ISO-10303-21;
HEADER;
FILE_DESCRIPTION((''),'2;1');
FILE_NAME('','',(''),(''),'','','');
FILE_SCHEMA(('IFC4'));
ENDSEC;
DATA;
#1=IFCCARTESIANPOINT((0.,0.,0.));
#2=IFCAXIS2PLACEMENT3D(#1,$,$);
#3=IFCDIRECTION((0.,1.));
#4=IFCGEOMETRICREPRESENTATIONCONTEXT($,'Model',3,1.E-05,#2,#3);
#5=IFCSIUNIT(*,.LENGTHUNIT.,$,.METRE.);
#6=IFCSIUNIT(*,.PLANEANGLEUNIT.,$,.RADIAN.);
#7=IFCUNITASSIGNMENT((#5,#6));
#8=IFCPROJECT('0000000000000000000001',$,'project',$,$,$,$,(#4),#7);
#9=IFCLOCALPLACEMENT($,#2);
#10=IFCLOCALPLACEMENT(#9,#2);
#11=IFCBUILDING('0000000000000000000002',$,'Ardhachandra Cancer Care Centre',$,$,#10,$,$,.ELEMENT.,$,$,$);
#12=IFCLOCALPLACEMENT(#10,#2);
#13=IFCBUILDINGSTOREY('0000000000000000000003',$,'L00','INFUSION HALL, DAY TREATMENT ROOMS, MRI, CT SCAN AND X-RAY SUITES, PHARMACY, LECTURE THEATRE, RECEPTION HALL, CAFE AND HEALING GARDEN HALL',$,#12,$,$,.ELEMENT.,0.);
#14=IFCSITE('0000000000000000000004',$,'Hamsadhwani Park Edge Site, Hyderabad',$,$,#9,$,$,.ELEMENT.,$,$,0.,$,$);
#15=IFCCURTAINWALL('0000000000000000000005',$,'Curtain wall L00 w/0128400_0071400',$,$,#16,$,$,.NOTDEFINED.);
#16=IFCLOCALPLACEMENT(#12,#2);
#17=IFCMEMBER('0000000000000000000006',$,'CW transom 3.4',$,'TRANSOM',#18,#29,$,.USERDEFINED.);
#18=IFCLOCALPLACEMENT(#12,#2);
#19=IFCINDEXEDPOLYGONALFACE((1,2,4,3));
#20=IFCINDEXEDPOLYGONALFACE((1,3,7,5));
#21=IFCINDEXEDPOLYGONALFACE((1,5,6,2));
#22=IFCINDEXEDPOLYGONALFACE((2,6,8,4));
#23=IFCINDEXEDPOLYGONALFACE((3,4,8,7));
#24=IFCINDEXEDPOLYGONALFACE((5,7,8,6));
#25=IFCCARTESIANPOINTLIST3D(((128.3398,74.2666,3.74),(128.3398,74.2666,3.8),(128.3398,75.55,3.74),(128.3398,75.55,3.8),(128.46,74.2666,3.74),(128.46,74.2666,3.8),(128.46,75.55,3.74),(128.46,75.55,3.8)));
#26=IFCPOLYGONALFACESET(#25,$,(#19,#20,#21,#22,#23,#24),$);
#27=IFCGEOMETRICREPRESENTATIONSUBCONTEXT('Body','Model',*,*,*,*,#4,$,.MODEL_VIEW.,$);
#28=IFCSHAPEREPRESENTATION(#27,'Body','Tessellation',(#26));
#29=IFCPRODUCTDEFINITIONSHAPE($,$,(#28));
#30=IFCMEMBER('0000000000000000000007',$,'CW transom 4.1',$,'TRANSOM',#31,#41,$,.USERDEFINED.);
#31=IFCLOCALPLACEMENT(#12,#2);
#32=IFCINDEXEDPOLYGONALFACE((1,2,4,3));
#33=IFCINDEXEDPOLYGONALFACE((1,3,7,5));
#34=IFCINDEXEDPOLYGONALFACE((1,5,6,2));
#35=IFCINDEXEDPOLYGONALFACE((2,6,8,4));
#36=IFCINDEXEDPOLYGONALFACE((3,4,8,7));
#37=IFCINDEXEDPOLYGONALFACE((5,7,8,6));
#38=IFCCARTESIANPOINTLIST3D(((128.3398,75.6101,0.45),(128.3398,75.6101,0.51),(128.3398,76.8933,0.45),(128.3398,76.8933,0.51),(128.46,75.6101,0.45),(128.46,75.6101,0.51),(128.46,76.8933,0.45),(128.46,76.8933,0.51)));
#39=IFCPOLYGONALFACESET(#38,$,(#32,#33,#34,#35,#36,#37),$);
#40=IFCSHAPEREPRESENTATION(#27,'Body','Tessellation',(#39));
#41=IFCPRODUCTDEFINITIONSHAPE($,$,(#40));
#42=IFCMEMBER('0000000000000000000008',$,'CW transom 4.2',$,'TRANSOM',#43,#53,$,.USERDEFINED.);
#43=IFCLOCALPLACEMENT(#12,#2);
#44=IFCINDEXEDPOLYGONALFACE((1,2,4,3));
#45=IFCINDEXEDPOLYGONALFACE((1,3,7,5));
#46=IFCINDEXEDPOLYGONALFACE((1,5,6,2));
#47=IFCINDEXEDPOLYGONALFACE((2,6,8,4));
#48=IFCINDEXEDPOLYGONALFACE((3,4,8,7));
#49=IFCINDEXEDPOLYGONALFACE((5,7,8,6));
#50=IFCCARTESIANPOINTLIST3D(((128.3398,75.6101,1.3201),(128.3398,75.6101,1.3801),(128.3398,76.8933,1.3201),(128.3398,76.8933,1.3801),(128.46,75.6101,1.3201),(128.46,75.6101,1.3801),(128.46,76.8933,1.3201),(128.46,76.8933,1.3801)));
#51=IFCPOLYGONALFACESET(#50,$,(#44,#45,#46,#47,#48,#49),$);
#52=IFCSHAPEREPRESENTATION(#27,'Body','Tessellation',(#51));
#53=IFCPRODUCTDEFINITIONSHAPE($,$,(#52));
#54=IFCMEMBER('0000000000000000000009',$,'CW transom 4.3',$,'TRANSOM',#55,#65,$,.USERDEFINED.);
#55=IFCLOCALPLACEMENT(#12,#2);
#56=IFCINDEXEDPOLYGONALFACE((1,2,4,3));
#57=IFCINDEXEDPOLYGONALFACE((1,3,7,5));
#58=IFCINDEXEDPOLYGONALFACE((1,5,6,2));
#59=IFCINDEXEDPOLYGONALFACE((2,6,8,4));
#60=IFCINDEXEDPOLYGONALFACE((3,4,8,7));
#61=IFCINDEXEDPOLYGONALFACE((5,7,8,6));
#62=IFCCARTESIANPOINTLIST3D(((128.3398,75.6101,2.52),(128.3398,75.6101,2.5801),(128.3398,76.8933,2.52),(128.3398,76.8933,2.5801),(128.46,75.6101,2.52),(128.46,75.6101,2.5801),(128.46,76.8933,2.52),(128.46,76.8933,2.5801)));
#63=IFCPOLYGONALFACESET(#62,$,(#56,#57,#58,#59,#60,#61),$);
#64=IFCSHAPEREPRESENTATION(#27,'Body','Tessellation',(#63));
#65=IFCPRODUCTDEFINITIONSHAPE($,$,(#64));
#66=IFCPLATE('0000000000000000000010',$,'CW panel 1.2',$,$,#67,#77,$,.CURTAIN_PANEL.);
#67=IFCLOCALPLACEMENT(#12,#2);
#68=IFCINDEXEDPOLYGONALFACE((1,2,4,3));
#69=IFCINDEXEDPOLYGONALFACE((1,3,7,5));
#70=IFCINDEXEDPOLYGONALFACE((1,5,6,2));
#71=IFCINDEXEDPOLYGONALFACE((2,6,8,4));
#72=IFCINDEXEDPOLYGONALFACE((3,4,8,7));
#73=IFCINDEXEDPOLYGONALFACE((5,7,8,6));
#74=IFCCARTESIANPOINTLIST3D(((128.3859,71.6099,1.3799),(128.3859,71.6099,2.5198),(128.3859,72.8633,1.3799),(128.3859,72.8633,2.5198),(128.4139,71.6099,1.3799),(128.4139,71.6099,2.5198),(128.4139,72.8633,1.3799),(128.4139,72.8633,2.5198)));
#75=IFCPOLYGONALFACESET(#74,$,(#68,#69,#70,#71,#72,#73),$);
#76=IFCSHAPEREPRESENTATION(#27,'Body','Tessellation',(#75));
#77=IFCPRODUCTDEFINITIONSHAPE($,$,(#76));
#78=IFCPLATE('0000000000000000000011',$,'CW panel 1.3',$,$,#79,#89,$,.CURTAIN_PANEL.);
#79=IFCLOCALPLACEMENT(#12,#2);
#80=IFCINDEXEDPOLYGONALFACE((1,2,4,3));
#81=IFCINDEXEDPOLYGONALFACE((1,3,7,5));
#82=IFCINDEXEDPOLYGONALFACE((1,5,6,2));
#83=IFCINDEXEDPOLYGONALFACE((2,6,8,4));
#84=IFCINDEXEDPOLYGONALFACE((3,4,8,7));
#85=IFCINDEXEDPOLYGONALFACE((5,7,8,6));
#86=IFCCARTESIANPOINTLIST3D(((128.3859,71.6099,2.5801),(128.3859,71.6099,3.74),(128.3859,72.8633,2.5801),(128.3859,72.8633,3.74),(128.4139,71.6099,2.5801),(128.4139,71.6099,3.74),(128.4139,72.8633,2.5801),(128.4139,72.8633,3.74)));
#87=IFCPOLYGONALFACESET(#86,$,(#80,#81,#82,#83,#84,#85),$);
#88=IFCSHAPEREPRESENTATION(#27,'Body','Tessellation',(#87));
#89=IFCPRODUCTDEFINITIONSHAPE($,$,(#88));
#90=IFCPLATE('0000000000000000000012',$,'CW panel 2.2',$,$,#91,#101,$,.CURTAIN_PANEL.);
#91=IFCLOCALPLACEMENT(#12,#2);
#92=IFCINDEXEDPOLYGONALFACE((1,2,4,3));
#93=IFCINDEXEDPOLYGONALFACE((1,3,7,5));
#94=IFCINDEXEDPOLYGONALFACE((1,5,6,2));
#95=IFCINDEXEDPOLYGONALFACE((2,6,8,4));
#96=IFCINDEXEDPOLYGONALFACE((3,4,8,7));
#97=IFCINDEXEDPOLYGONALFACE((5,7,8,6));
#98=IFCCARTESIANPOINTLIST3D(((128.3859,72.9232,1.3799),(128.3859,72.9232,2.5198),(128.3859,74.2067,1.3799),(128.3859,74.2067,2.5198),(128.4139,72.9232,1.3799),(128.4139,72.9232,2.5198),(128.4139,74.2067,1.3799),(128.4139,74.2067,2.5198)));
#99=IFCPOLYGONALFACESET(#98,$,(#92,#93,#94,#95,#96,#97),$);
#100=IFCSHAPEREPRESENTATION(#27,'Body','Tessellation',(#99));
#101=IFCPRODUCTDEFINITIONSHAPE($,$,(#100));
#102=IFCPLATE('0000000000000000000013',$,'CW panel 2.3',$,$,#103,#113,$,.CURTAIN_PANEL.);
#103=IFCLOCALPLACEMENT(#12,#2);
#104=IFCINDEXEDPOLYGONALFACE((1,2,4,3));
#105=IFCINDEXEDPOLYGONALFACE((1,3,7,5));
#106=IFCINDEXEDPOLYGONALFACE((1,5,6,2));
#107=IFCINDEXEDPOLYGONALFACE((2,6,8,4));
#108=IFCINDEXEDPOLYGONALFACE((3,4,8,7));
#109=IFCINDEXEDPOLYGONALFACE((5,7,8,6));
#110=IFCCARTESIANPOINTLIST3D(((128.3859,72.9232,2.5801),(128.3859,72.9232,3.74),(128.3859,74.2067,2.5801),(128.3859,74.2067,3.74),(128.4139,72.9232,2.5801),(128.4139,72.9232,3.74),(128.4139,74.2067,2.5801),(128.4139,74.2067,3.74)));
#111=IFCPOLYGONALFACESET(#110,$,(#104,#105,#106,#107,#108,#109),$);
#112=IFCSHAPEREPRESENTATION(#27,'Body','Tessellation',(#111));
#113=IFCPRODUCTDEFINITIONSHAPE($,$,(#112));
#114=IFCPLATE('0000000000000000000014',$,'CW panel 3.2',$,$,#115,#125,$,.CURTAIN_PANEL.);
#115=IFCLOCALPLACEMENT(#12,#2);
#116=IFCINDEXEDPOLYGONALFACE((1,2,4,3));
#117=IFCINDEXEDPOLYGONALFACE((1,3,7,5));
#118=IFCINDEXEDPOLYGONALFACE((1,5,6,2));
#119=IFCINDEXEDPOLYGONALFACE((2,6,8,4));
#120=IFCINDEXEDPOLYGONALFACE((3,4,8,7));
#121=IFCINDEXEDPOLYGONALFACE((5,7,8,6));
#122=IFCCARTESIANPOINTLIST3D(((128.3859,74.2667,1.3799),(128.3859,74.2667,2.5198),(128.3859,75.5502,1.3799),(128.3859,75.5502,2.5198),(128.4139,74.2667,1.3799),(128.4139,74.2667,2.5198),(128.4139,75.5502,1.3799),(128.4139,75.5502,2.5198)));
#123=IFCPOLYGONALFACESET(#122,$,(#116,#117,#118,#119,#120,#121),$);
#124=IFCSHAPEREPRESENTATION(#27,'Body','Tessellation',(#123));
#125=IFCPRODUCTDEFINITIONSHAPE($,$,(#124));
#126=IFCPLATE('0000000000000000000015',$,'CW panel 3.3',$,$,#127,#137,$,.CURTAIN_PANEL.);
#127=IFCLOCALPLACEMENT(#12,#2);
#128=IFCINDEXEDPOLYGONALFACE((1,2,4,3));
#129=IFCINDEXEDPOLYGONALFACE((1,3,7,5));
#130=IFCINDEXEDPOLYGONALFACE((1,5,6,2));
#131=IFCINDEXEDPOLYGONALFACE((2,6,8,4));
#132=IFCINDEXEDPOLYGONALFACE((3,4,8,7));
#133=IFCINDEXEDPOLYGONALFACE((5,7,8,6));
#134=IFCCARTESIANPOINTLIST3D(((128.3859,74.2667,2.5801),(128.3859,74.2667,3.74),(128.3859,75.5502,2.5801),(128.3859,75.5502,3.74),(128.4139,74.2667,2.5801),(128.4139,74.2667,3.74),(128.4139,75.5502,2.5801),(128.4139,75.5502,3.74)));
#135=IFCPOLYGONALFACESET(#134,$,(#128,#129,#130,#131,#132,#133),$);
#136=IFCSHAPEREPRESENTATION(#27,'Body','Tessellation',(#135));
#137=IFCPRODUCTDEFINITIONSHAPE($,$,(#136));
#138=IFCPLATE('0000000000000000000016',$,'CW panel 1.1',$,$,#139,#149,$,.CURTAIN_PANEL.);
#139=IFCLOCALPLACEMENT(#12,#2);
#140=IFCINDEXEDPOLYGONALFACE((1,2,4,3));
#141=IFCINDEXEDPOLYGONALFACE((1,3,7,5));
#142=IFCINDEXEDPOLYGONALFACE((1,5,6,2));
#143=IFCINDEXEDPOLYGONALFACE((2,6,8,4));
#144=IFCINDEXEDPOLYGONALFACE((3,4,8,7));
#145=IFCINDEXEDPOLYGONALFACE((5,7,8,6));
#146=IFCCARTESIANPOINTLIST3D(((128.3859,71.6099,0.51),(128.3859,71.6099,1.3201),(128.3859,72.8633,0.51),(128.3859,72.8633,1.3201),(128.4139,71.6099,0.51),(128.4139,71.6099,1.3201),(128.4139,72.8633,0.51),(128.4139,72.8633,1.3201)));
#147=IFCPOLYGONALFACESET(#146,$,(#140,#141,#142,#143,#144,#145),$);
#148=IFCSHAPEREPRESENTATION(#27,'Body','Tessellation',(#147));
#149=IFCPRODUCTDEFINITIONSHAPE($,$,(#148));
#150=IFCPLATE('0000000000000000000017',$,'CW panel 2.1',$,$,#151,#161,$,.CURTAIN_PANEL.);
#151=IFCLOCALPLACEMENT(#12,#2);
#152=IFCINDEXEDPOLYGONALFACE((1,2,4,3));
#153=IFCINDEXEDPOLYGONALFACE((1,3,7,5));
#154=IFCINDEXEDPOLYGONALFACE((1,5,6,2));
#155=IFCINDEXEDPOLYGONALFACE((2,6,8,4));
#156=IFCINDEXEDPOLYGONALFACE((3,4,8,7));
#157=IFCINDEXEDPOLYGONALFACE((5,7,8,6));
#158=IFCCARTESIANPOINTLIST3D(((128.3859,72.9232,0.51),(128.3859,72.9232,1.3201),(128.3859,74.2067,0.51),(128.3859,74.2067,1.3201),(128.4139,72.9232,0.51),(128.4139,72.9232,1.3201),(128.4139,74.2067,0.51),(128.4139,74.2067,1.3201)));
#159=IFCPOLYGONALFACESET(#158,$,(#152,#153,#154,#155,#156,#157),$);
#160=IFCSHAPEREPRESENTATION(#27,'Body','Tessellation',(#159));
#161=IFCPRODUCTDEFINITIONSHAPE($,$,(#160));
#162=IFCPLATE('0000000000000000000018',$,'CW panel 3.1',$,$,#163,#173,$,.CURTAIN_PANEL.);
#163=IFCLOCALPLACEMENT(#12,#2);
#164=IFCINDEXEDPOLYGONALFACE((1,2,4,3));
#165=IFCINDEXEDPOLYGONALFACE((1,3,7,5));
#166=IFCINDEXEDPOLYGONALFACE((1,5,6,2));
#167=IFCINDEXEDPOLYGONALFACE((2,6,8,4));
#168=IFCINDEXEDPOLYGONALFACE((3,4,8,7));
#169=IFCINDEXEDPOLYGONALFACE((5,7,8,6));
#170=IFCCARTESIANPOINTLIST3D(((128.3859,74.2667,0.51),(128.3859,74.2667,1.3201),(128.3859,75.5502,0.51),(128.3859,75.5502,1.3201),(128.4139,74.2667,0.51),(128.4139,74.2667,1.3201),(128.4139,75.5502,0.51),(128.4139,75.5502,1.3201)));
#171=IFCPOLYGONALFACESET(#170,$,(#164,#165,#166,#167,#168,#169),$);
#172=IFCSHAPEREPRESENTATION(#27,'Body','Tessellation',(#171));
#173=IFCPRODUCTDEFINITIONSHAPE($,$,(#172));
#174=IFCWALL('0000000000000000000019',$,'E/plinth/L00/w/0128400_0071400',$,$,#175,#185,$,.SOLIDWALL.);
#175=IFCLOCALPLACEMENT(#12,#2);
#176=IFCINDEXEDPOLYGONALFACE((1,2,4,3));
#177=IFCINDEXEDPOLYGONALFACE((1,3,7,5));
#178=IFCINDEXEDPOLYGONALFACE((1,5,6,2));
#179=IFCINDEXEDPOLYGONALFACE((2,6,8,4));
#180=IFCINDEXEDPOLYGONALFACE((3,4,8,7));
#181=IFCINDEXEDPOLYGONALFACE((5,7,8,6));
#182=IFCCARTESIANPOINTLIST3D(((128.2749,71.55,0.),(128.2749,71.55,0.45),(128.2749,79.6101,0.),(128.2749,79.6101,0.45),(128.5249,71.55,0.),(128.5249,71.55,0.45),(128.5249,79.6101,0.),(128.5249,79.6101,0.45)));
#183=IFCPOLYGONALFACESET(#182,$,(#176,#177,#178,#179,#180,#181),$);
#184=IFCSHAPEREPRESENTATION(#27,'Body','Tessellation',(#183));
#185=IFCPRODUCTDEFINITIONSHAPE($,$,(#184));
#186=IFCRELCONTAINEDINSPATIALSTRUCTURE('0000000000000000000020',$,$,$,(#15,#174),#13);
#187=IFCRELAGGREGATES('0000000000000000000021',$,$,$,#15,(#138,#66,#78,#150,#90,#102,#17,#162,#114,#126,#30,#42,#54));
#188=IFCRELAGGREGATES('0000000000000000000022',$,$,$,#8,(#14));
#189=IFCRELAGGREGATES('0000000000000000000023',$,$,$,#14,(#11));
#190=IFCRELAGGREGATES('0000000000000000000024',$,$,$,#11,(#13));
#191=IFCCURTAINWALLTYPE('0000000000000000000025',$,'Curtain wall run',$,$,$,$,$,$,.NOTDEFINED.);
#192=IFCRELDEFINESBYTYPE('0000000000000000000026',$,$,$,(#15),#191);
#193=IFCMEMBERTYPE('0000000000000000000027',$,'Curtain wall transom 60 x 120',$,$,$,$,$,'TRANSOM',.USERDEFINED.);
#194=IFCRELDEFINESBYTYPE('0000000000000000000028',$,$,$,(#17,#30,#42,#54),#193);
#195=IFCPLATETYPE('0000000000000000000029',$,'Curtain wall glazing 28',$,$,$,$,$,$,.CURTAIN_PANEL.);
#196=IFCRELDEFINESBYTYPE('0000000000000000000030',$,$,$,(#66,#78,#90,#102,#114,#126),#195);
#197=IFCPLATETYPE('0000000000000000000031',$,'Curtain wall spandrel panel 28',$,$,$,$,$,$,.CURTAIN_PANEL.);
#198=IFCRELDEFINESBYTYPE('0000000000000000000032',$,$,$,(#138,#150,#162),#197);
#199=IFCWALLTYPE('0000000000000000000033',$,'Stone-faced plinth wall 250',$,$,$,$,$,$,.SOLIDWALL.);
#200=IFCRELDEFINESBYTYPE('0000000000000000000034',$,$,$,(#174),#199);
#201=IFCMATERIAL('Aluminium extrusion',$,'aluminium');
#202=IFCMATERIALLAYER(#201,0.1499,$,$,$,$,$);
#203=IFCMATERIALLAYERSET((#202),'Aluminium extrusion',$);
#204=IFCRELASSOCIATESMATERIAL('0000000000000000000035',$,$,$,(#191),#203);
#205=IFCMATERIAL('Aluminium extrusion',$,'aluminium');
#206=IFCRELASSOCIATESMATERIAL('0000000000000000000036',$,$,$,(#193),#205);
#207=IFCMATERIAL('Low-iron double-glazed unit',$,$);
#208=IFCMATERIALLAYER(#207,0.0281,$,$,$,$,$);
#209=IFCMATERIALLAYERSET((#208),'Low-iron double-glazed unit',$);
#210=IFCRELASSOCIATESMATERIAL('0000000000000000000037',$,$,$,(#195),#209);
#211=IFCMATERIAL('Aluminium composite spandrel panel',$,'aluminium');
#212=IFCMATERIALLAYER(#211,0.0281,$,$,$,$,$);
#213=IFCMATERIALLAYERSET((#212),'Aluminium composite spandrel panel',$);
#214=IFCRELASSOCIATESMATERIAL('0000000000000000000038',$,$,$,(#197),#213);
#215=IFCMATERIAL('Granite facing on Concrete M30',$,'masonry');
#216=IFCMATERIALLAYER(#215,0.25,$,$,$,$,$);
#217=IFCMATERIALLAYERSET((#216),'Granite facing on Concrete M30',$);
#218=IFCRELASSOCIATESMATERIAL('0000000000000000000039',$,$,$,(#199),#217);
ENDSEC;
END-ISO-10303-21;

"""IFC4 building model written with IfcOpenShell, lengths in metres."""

from ifc_helpers import new_model, si_unit, direction, frame, frame_2d, origin, origin_2d, place, context, subcontext, project, spatial, rectangle, extrude, material, layer, layer_set, material_profile, profile_set, type_object, element, aggregate, save


model = new_model("IFC4")

# Units and contexts
model_context = context("Model", 3, precision=1e-05, world=origin(), true_north=direction((0.0, 1.0)))
body_context = subcontext(model_context, "Body", "Model", "MODEL_VIEW")
ifc_project = project(units=[si_unit("LENGTHUNIT", "METRE"), si_unit("PLANEANGLEUNIT", "RADIAN")], contexts=[model_context])

# Site, building, storey
site_placement = place(None, origin())
site = spatial("IfcSite", under=ifc_project, at=site_placement, Name="Hamsadhwani Park Edge Site, Hyderabad", CompositionType="ELEMENT", RefElevation=0.0)
building_placement = place(site_placement, origin())
building = spatial("IfcBuilding", under=site, at=building_placement, Name="Ardhachandra Cancer Care Centre", CompositionType="ELEMENT")
storey_placement = place(building_placement, origin())
storey = spatial("IfcBuildingStorey", under=building, at=storey_placement, Name="L00", Description="INFUSION HALL, DAY TREATMENT ROOMS, MRI, CT SCAN AND X-RAY SUITES, PHARMACY, LECTURE THEATRE, RECEPTION HALL, CAFE AND HEALING GARDEN HALL", CompositionType="ELEMENT", Elevation=0.0)

# Curtain wall, members, plates
ifc_material_1 = material(Name="Aluminium extrusion", Category="aluminium")
ifc_layer_1 = layer(ifc_material_1, 0.1499)
ifc_layer_set_1 = layer_set([ifc_layer_1], Name="Aluminium extrusion")
curtain_wall_type = type_object("IfcCurtainWallType", Name="Curtain wall run", PredefinedType="NOTDEFINED", material=ifc_layer_set_1)
curtain_wall_placement = place(storey_placement, origin())
curtain_wall = element("IfcCurtainWall", 1, at=curtain_wall_placement, inside=storey, type_object=curtain_wall_type, Name="Curtain wall L00 w/0128400_0071400", PredefinedType="NOTDEFINED")
ifc_material_2 = material(Name="Aluminium extrusion", Category="aluminium")
ifc_material_profile_1 = material_profile(ifc_material_2, rectangle(XDim=0.1201, YDim=0.0601, at=origin_2d()), Name="Curtain wall transom 60 x 120")
ifc_profile_set_1 = profile_set([ifc_material_profile_1], Name="Aluminium extrusion")
member_type_1 = type_object("IfcMemberType", Name="Curtain wall transom 60 x 120", ElementType="TRANSOM", PredefinedType="USERDEFINED", material=ifc_profile_set_1)
member_1_placement = place(storey_placement, frame((128.3999, 74.2666, 3.77), z_axis=(0.0, 1.0, 0.0), x_axis=(-1.0, 0.0, 0.0)))
member_1 = element("IfcMember", 2, at=member_1_placement, type_object=member_type_1, Name="CW transom 3.4", ObjectType="TRANSOM", PredefinedType="USERDEFINED", context=body_context, shape_type="SweptSolid", body=[
    extrude(rectangle(XDim=0.1201, YDim=0.0601, at=origin_2d()), origin(), (0.0, 0.0, 1.0), 1.2834),
])
member_2_placement = place(storey_placement, frame((128.3999, 75.6101, 0.48), z_axis=(0.0, 1.0, 0.0), x_axis=(-1.0, 0.0, 0.0)))
member_2 = element("IfcMember", 3, at=member_2_placement, type_object=member_type_1, Name="CW transom 4.1", ObjectType="TRANSOM", PredefinedType="USERDEFINED", context=body_context, shape_type="SweptSolid", body=[
    extrude(rectangle(XDim=0.1201, YDim=0.0601, at=origin_2d()), origin(), (0.0, 0.0, 1.0), 1.2832),
])
member_3_placement = place(storey_placement, frame((128.3999, 75.6101, 1.3501), z_axis=(0.0, 1.0, 0.0), x_axis=(-1.0, 0.0, 0.0)))
member_3 = element("IfcMember", 4, at=member_3_placement, type_object=member_type_1, Name="CW transom 4.2", ObjectType="TRANSOM", PredefinedType="USERDEFINED", context=body_context, shape_type="SweptSolid", body=[
    extrude(rectangle(XDim=0.1201, YDim=0.0601, at=origin_2d()), origin(), (0.0, 0.0, 1.0), 1.2832),
])
member_4_placement = place(storey_placement, frame((128.3999, 75.6101, 2.55), z_axis=(0.0, 1.0, 0.0), x_axis=(-1.0, 0.0, 0.0)))
member_4 = element("IfcMember", 5, at=member_4_placement, type_object=member_type_1, Name="CW transom 4.3", ObjectType="TRANSOM", PredefinedType="USERDEFINED", context=body_context, shape_type="SweptSolid", body=[
    extrude(rectangle(XDim=0.1201, YDim=0.0601, at=origin_2d()), origin(), (0.0, 0.0, 1.0), 1.2832),
])
ifc_material_3 = material(Name="Low-iron double-glazed unit")
ifc_layer_2 = layer(ifc_material_3, 0.0281)
ifc_layer_set_2 = layer_set([ifc_layer_2], Name="Low-iron double-glazed unit")
plate_type_1 = type_object("IfcPlateType", Name="Curtain wall glazing 28", PredefinedType="CURTAIN_PANEL", material=ifc_layer_set_2)
plate_1_placement = place(storey_placement, frame((128.3999, 72.2366, 1.3799), z_axis=(0.0, 0.0, 1.0), x_axis=(0.0, 1.0, 0.0)))
plate_1 = element("IfcPlate", 6, at=plate_1_placement, type_object=plate_type_1, Name="CW panel 1.2", PredefinedType="CURTAIN_PANEL", context=body_context, shape_type="SweptSolid", body=[
    extrude(rectangle(XDim=1.2534, YDim=0.0281, at=origin_2d()), origin(), (0.0, 0.0, 1.0), 1.1399),
])
plate_2_placement = place(storey_placement, frame((128.3999, 72.2366, 2.5801), z_axis=(0.0, 0.0, 1.0), x_axis=(0.0, 1.0, 0.0)))
plate_2 = element("IfcPlate", 7, at=plate_2_placement, type_object=plate_type_1, Name="CW panel 1.3", PredefinedType="CURTAIN_PANEL", context=body_context, shape_type="SweptSolid", body=[
    extrude(rectangle(XDim=1.2534, YDim=0.0281, at=origin_2d()), origin(), (0.0, 0.0, 1.0), 1.1599),
])
plate_3_placement = place(storey_placement, frame((128.3999, 73.5649, 1.3799), z_axis=(0.0, 0.0, 1.0), x_axis=(0.0, 1.0, 0.0)))
plate_3 = element("IfcPlate", 8, at=plate_3_placement, type_object=plate_type_1, Name="CW panel 2.2", PredefinedType="CURTAIN_PANEL", context=body_context, shape_type="SweptSolid", body=[
    extrude(rectangle(XDim=1.2834, YDim=0.0281, at=origin_2d()), origin(), (0.0, 0.0, 1.0), 1.1399),
])
plate_4_placement = place(storey_placement, frame((128.3999, 73.5649, 2.5801), z_axis=(0.0, 0.0, 1.0), x_axis=(0.0, 1.0, 0.0)))
plate_4 = element("IfcPlate", 9, at=plate_4_placement, type_object=plate_type_1, Name="CW panel 2.3", PredefinedType="CURTAIN_PANEL", context=body_context, shape_type="SweptSolid", body=[
    extrude(rectangle(XDim=1.2834, YDim=0.0281, at=origin_2d()), origin(), (0.0, 0.0, 1.0), 1.1599),
])
plate_5_placement = place(storey_placement, frame((128.3999, 74.9084, 1.3799), z_axis=(0.0, 0.0, 1.0), x_axis=(0.0, 1.0, 0.0)))
plate_5 = element("IfcPlate", 10, at=plate_5_placement, type_object=plate_type_1, Name="CW panel 3.2", PredefinedType="CURTAIN_PANEL", context=body_context, shape_type="SweptSolid", body=[
    extrude(rectangle(XDim=1.2834, YDim=0.0281, at=origin_2d()), origin(), (0.0, 0.0, 1.0), 1.1399),
])
plate_6_placement = place(storey_placement, frame((128.3999, 74.9084, 2.5801), z_axis=(0.0, 0.0, 1.0), x_axis=(0.0, 1.0, 0.0)))
plate_6 = element("IfcPlate", 11, at=plate_6_placement, type_object=plate_type_1, Name="CW panel 3.3", PredefinedType="CURTAIN_PANEL", context=body_context, shape_type="SweptSolid", body=[
    extrude(rectangle(XDim=1.2834, YDim=0.0281, at=origin_2d()), origin(), (0.0, 0.0, 1.0), 1.1599),
])
ifc_material_4 = material(Name="Aluminium composite spandrel panel", Category="aluminium")
ifc_layer_3 = layer(ifc_material_4, 0.0281)
ifc_layer_set_3 = layer_set([ifc_layer_3], Name="Aluminium composite spandrel panel")
plate_type_2 = type_object("IfcPlateType", Name="Curtain wall spandrel panel 28", PredefinedType="CURTAIN_PANEL", material=ifc_layer_set_3)
plate_7_placement = place(storey_placement, frame((128.3999, 72.2366, 0.51), z_axis=(0.0, 0.0, 1.0), x_axis=(0.0, 1.0, 0.0)))
plate_7 = element("IfcPlate", 12, at=plate_7_placement, type_object=plate_type_2, Name="CW panel 1.1", PredefinedType="CURTAIN_PANEL", context=body_context, shape_type="SweptSolid", body=[
    extrude(rectangle(XDim=1.2534, YDim=0.0281, at=origin_2d()), origin(), (0.0, 0.0, 1.0), 0.8101),
])
plate_8_placement = place(storey_placement, frame((128.3999, 73.5649, 0.51), z_axis=(0.0, 0.0, 1.0), x_axis=(0.0, 1.0, 0.0)))
plate_8 = element("IfcPlate", 13, at=plate_8_placement, type_object=plate_type_2, Name="CW panel 2.1", PredefinedType="CURTAIN_PANEL", context=body_context, shape_type="SweptSolid", body=[
    extrude(rectangle(XDim=1.2834, YDim=0.0281, at=origin_2d()), origin(), (0.0, 0.0, 1.0), 0.8101),
])
plate_9_placement = place(storey_placement, frame((128.3999, 74.9084, 0.51), z_axis=(0.0, 0.0, 1.0), x_axis=(0.0, 1.0, 0.0)))
plate_9 = element("IfcPlate", 14, at=plate_9_placement, type_object=plate_type_2, Name="CW panel 3.1", PredefinedType="CURTAIN_PANEL", context=body_context, shape_type="SweptSolid", body=[
    extrude(rectangle(XDim=1.2834, YDim=0.0281, at=origin_2d()), origin(), (0.0, 0.0, 1.0), 0.8101),
])
aggregate(curtain_wall, [plate_7, plate_1, plate_2, plate_8, plate_3, plate_4, member_1, plate_9, plate_5, plate_6, member_2, member_3, member_4])

# Wall
ifc_material_5 = material(Name="Granite facing on Concrete M30", Category="masonry")
ifc_layer_4 = layer(ifc_material_5, 0.25)
ifc_layer_set_4 = layer_set([ifc_layer_4], Name="Granite facing on Concrete M30")
wall_type = type_object("IfcWallType", Name="Stone-faced plinth wall 250", PredefinedType="SOLIDWALL", material=ifc_layer_set_4)
wall_placement = place(storey_placement, frame((128.3999, 71.55, 0.0), z_axis=(0.0, 0.0, 1.0), x_axis=(0.0, 1.0, 0.0)))
element("IfcWall", 15, at=wall_placement, inside=storey, type_object=wall_type, Name="E/plinth/L00/w/0128400_0071400", PredefinedType="SOLIDWALL", context=body_context, shape_type="SweptSolid", body=[
    extrude(rectangle(XDim=8.0601, YDim=0.25, at=frame_2d((4.03, 0.0))), origin(), (0.0, 0.0, 1.0), 0.45),
])

save(model, "model.ifc")
